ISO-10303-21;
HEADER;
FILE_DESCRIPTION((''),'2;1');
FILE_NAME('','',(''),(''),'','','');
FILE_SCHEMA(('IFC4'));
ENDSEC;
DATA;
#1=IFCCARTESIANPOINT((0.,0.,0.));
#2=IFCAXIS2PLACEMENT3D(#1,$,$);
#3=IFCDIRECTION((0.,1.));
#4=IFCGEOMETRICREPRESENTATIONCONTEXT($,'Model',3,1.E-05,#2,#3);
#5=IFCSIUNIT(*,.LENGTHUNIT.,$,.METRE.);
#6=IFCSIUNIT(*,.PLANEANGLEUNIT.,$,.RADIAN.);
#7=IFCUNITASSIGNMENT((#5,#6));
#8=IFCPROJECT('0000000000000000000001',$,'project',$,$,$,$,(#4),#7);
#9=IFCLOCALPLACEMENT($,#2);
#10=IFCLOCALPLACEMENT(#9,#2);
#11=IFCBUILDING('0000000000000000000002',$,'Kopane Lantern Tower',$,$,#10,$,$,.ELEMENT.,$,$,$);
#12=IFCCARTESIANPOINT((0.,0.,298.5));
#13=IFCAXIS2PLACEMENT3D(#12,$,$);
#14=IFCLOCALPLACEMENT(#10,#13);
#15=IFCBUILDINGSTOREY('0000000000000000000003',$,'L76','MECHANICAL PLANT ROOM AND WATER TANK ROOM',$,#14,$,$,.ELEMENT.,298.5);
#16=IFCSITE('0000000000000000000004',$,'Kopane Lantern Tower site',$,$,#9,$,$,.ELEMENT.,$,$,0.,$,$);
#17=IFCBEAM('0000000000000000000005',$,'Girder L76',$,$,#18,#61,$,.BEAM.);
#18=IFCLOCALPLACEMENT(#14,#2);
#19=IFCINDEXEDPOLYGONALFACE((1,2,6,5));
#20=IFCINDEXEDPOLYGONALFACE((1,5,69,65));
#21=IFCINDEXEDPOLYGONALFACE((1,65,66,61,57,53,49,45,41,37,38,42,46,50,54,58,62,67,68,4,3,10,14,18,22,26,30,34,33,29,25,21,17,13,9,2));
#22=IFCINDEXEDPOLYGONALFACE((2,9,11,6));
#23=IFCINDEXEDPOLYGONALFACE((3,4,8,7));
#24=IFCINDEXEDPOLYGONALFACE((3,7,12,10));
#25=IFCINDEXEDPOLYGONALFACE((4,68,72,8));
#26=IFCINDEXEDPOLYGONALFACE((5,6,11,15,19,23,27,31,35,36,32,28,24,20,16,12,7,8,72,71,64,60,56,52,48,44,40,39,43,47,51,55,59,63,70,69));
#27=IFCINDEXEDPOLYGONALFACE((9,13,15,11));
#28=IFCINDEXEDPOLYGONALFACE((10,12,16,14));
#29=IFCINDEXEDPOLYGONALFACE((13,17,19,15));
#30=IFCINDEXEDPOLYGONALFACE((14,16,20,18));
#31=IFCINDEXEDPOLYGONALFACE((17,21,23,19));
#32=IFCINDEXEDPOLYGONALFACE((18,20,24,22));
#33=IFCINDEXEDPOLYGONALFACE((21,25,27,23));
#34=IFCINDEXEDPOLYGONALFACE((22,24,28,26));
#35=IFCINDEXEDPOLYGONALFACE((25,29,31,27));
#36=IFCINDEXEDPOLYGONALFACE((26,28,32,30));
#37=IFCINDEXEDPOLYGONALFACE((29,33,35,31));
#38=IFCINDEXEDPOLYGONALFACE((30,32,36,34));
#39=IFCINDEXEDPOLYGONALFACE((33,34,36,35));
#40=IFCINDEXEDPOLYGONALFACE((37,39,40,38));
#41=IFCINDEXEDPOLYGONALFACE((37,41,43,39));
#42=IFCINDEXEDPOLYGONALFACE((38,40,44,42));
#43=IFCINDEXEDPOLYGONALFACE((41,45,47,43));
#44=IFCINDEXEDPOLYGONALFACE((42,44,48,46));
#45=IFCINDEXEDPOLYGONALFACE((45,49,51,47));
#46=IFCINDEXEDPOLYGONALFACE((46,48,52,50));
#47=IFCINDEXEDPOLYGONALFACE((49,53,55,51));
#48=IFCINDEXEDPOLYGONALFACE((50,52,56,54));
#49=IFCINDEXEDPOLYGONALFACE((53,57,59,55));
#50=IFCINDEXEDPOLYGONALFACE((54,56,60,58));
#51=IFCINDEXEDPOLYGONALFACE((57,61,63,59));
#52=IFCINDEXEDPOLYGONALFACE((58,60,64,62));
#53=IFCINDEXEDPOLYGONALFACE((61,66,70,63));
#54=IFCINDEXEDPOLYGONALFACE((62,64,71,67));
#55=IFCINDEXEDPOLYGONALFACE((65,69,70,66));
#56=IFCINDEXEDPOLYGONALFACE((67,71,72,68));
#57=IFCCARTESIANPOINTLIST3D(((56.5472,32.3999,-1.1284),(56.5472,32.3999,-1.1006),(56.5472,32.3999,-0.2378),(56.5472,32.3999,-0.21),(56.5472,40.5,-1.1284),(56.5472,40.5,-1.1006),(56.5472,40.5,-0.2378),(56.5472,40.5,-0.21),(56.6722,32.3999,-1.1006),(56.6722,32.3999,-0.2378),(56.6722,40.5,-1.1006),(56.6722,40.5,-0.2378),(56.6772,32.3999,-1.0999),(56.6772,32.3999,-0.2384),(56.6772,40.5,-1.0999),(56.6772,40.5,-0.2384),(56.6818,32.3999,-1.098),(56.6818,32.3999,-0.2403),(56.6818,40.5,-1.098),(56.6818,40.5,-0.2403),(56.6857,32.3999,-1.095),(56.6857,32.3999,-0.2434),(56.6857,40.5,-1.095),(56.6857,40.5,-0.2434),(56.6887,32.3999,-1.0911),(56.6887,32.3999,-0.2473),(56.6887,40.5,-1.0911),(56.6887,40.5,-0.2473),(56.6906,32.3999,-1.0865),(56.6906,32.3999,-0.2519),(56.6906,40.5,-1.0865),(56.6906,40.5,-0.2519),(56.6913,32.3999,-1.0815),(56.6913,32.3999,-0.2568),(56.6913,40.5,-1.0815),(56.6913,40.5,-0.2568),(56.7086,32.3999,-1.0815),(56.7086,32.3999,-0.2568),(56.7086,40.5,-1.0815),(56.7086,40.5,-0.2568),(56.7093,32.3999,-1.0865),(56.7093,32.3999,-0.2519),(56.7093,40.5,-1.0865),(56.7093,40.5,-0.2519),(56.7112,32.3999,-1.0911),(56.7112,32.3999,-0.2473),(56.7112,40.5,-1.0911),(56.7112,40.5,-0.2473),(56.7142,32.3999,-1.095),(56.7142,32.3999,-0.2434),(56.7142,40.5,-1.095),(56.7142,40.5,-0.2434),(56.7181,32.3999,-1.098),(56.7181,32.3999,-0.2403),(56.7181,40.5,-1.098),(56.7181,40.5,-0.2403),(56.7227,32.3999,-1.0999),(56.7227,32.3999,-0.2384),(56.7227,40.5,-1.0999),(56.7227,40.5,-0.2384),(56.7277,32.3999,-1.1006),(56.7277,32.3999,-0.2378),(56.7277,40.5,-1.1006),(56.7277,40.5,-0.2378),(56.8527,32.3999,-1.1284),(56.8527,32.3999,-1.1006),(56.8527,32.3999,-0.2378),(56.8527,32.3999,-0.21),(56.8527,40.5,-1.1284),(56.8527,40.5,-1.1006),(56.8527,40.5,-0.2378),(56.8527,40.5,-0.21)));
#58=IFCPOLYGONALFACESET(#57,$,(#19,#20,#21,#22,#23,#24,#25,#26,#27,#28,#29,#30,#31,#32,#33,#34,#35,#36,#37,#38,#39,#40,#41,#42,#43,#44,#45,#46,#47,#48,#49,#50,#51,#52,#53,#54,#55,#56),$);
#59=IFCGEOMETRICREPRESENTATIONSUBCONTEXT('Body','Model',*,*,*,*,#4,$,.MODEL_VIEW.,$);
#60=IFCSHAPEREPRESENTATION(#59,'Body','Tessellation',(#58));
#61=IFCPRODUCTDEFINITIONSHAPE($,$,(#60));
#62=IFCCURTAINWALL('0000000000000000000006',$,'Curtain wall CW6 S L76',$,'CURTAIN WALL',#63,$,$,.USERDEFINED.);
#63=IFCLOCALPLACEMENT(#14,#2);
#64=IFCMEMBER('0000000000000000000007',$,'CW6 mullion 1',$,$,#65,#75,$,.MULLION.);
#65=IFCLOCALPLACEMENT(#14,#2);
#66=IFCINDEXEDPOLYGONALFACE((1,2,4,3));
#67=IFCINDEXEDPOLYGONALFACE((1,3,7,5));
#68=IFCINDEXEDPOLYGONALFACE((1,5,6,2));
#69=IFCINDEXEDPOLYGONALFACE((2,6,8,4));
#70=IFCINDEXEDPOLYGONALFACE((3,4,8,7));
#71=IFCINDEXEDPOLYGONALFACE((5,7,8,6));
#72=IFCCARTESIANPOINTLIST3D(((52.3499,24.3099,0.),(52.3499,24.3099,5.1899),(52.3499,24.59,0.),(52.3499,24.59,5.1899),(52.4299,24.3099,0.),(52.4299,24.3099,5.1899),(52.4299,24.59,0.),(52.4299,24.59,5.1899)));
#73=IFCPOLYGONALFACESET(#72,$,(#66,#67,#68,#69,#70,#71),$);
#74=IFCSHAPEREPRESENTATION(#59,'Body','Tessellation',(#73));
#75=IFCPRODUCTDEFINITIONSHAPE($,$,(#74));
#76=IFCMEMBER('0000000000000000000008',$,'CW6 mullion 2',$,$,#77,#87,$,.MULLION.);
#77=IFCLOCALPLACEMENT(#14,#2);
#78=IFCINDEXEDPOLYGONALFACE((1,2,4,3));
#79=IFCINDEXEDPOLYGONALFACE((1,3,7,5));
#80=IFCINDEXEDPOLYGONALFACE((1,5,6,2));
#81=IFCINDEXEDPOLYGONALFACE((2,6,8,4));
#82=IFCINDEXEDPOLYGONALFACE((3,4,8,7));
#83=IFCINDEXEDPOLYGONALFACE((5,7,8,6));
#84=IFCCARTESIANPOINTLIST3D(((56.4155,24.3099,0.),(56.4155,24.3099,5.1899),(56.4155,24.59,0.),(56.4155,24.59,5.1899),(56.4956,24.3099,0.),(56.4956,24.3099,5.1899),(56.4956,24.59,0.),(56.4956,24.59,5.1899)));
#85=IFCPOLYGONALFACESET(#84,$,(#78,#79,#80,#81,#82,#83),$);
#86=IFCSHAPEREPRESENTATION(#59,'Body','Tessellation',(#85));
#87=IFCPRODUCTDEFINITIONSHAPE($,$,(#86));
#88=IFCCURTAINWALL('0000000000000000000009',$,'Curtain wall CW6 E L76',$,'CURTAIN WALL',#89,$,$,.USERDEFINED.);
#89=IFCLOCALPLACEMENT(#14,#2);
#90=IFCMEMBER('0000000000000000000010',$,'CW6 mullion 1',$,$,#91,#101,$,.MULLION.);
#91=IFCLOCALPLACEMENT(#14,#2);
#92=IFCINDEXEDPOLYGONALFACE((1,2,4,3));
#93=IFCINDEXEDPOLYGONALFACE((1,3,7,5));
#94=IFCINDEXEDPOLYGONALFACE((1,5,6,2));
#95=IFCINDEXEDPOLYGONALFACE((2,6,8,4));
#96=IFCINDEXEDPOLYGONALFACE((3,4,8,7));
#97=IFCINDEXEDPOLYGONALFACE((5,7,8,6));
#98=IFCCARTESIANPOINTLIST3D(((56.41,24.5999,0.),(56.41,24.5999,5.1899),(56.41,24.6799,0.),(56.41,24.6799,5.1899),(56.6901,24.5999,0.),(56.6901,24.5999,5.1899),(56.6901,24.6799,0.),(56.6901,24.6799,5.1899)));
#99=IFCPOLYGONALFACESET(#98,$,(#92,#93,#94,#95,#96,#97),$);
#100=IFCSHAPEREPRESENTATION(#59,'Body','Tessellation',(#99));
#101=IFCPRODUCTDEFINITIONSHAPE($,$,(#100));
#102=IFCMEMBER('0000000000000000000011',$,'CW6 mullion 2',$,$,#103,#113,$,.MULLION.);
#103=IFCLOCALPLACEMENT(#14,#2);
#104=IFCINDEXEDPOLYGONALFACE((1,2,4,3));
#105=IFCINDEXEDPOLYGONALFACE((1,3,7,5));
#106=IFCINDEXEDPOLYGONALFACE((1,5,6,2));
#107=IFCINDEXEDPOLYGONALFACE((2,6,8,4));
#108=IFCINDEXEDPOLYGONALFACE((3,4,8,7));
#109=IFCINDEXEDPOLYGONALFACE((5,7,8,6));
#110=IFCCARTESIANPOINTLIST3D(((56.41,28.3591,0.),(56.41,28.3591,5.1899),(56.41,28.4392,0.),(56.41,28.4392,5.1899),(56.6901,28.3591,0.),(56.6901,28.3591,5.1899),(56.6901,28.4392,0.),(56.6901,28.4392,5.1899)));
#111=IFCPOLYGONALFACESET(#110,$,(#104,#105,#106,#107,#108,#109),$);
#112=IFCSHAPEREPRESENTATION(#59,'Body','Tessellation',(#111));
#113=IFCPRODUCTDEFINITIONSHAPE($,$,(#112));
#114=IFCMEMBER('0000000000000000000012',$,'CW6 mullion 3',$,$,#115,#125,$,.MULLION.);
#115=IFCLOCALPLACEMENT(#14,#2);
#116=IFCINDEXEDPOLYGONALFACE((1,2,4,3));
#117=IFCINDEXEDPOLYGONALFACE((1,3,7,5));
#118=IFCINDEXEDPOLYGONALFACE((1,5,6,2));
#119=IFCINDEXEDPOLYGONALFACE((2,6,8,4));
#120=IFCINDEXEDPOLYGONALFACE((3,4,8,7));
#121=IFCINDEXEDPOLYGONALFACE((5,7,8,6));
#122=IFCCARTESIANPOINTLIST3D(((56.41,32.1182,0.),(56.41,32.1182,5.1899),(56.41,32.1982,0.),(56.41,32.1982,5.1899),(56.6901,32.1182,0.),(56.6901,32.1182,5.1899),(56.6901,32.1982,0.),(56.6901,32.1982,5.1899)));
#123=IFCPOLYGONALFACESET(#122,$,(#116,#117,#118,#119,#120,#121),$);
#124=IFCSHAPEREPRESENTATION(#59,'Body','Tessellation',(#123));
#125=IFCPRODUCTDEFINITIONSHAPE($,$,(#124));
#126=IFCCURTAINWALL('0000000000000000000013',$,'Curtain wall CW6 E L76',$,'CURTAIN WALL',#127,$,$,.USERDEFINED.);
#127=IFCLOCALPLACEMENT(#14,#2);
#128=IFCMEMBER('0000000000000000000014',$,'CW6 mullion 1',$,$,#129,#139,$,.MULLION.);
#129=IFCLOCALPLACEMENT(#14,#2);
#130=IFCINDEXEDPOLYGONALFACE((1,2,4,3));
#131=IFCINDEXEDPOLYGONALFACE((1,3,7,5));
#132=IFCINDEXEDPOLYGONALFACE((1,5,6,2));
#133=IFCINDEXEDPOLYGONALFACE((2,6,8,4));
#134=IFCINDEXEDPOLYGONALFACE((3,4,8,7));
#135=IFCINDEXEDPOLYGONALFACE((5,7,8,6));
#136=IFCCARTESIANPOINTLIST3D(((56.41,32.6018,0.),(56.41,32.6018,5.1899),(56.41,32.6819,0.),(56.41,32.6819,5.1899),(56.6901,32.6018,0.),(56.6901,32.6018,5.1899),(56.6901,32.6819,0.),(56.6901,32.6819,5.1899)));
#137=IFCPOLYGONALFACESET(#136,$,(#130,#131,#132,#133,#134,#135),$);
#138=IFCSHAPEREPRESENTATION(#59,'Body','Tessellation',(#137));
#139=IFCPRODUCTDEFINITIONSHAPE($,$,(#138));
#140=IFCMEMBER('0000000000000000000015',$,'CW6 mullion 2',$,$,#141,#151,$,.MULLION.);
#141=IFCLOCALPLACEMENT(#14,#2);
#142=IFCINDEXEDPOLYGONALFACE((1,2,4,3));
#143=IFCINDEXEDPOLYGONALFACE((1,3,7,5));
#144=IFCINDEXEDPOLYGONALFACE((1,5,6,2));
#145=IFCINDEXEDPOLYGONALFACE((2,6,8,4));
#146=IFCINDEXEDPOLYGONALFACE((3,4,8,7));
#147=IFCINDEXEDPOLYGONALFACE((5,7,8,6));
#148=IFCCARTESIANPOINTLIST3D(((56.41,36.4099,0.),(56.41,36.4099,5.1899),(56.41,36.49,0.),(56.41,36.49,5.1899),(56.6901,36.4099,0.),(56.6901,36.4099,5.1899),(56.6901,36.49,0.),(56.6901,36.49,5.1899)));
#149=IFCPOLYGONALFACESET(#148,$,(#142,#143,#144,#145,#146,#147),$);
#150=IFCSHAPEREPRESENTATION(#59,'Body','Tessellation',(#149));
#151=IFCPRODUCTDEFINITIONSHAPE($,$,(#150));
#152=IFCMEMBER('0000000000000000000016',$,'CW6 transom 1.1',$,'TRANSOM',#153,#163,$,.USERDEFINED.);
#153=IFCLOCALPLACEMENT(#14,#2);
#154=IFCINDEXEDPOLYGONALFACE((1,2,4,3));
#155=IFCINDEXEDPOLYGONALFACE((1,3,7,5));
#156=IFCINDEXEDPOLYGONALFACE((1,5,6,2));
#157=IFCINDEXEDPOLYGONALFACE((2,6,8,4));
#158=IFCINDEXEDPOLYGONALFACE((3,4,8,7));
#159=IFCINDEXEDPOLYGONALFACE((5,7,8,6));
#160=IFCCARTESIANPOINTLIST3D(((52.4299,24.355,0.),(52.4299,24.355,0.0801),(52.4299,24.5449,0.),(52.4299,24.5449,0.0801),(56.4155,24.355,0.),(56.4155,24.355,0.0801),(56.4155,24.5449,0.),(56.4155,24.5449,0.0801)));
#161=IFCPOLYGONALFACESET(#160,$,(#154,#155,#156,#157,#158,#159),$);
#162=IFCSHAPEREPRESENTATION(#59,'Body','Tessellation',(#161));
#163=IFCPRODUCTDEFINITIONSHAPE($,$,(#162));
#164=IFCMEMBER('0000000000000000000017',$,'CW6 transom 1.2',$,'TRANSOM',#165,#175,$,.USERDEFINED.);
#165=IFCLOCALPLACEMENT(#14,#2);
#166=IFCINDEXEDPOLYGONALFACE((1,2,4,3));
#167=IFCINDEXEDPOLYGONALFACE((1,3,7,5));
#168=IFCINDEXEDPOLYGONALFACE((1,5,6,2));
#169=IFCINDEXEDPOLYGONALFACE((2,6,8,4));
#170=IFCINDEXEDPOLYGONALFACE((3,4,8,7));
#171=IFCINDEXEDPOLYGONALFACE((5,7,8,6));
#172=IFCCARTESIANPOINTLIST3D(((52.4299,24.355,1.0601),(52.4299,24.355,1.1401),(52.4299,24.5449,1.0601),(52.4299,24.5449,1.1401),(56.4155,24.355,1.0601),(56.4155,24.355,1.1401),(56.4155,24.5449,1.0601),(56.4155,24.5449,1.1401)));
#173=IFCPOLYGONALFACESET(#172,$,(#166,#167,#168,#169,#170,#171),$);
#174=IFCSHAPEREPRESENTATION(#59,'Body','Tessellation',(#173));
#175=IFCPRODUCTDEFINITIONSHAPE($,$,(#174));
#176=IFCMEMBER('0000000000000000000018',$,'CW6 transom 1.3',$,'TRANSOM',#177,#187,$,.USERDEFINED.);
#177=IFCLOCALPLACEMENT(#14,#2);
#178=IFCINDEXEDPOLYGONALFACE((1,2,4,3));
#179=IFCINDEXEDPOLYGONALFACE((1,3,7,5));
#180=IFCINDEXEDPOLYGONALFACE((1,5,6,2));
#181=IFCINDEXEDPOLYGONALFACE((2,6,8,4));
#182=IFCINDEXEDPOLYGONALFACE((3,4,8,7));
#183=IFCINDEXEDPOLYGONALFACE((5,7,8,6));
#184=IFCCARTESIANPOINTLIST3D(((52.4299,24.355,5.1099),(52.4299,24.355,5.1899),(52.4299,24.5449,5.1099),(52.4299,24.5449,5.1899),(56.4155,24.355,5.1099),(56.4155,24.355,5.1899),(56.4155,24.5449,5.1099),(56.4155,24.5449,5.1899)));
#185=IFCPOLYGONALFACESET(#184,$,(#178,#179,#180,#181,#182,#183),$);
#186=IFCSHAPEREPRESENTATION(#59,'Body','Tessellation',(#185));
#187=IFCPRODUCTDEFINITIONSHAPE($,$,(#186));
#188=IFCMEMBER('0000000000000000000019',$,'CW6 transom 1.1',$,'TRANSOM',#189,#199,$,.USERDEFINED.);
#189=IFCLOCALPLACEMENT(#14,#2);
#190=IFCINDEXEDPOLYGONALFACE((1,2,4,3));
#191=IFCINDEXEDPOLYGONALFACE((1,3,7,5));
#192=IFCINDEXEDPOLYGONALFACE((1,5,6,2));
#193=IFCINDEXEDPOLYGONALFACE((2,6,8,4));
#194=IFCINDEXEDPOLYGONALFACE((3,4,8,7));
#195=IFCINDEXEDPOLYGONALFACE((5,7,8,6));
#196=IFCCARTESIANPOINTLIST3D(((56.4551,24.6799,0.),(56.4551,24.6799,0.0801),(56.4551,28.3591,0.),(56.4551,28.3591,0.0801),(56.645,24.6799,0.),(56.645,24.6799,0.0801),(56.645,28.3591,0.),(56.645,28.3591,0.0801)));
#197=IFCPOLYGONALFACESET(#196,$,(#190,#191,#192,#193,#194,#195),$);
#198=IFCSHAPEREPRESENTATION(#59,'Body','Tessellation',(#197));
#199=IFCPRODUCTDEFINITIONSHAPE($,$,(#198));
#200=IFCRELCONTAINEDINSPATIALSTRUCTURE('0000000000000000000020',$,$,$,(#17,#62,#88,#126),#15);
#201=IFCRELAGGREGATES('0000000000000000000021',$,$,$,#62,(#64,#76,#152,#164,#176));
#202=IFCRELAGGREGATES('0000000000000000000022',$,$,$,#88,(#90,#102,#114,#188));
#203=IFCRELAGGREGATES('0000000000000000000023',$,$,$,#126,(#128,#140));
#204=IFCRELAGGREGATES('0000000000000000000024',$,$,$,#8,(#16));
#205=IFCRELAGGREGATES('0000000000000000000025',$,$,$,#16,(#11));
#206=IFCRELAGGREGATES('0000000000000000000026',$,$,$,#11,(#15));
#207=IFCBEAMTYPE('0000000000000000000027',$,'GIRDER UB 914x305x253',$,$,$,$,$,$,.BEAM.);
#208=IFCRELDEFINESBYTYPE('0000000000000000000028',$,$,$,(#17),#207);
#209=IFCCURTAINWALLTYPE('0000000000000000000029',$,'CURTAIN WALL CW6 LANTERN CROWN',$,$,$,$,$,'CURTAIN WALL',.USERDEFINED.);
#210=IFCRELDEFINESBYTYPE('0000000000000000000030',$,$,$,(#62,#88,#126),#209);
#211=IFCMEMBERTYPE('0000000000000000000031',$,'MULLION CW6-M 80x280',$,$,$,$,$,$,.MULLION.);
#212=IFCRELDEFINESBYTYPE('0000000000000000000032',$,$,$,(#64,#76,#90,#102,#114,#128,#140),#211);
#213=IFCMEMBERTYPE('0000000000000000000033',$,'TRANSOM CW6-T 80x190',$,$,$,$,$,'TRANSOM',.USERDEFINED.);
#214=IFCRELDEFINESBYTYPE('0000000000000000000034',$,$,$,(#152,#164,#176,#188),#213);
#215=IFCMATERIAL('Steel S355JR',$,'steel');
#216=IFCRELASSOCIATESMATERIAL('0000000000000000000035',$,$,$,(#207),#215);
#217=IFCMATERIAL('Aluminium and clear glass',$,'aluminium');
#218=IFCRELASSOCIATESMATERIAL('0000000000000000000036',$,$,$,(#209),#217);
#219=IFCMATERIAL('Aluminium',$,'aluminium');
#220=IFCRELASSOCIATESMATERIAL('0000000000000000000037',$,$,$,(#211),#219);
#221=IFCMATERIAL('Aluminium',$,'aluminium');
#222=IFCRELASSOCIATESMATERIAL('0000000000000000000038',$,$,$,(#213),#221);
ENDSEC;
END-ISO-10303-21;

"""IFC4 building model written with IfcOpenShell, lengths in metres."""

from ifc_helpers import new_model, si_unit, direction, frame, origin, origin_2d, place, context, subcontext, project, spatial, rectangle, i_section, extrude, material, material_profile, profile_set, type_object, element, aggregate, save


model = new_model("IFC4")

# Units and contexts
model_context = context("Model", 3, precision=1e-05, world=origin(), true_north=direction((0.0, 1.0)))
body_context = subcontext(model_context, "Body", "Model", "MODEL_VIEW")
ifc_project = project(units=[si_unit("LENGTHUNIT", "METRE"), si_unit("PLANEANGLEUNIT", "RADIAN")], contexts=[model_context])

# Site, building, storey
site_placement = place(None, origin())
site = spatial("IfcSite", under=ifc_project, at=site_placement, Name="Kopane Lantern Tower site", CompositionType="ELEMENT", RefElevation=0.0)
building_placement = place(site_placement, origin())
building = spatial("IfcBuilding", under=site, at=building_placement, Name="Kopane Lantern Tower", CompositionType="ELEMENT")
storey_placement = place(building_placement, frame((0.0, 0.0, 298.5)))
storey = spatial("IfcBuildingStorey", under=building, at=storey_placement, Name="L76", Description="MECHANICAL PLANT ROOM AND WATER TANK ROOM", CompositionType="ELEMENT", Elevation=298.5)

# Beam
ifc_material_1 = material(Name="Steel S355JR", Category="steel")
ifc_material_profile_1 = material_profile(ifc_material_1, i_section(OverallWidth=0.3054, OverallDepth=0.9185, WebThickness=0.0173, FlangeThickness=0.0278, FilletRadius=0.019, at=origin_2d()), Name="UB 914x305x253")
ifc_profile_set_1 = profile_set([ifc_material_profile_1], Name="Steel S355JR")
beam_type = type_object("IfcBeamType", Name="GIRDER UB 914x305x253", PredefinedType="BEAM", material=ifc_profile_set_1)
beam_1_placement = place(storey_placement, frame((56.7, 32.3999, -0.6692), z_axis=(0.0, 1.0, 0.0), x_axis=(-1.0, 0.0, 0.0)))
element("IfcBeam", 1, at=beam_1_placement, inside=storey, type_object=beam_type, Name="Girder L76", PredefinedType="BEAM", context=body_context, shape_type="SweptSolid", body=[
    extrude(i_section(OverallWidth=0.3054, OverallDepth=0.9185, WebThickness=0.0173, FlangeThickness=0.0278, FilletRadius=0.019, at=origin_2d()), origin(), (0.0, 0.0, 1.0), 8.1001),
])

# Curtain walls, members
ifc_material_2 = material(Name="Aluminium and clear glass", Category="aluminium")
curtain_wall_type = type_object("IfcCurtainWallType", Name="CURTAIN WALL CW6 LANTERN CROWN", ElementType="CURTAIN WALL", PredefinedType="USERDEFINED", material=ifc_material_2)
curtain_wall_1_placement = place(storey_placement, origin())
curtain_wall_1 = element("IfcCurtainWall", 2, at=curtain_wall_1_placement, inside=storey, type_object=curtain_wall_type, Name="Curtain wall CW6 S L76", ObjectType="CURTAIN WALL", PredefinedType="USERDEFINED")
ifc_material_3 = material(Name="Aluminium", Category="aluminium")
ifc_material_profile_2 = material_profile(ifc_material_3, rectangle(XDim=0.0801, YDim=0.28, at=origin_2d()), Name="AL 80x280")
ifc_profile_set_2 = profile_set([ifc_material_profile_2], Name="Aluminium")
member_type_1 = type_object("IfcMemberType", Name="MULLION CW6-M 80x280", PredefinedType="MULLION", material=ifc_profile_set_2)
member_1_placement = place(storey_placement, frame((52.3899, 24.45, 0.0), z_axis=(0.0, 0.0, 1.0), x_axis=(1.0, 0.0, 0.0)))
member_1 = element("IfcMember", 3, at=member_1_placement, type_object=member_type_1, Name="CW6 mullion 1", PredefinedType="MULLION", context=body_context, shape_type="SweptSolid", body=[
    extrude(rectangle(XDim=0.0801, YDim=0.28, at=origin_2d()), origin(), (0.0, 0.0, 1.0), 5.1899),
])
member_2_placement = place(storey_placement, frame((56.4556, 24.45, 0.0), z_axis=(0.0, 0.0, 1.0), x_axis=(1.0, 0.0, 0.0)))
member_2 = element("IfcMember", 4, at=member_2_placement, type_object=member_type_1, Name="CW6 mullion 2", PredefinedType="MULLION", context=body_context, shape_type="SweptSolid", body=[
    extrude(rectangle(XDim=0.0801, YDim=0.28, at=origin_2d()), origin(), (0.0, 0.0, 1.0), 5.1899),
])
curtain_wall_2_placement = place(storey_placement, origin())
curtain_wall_2 = element("IfcCurtainWall", 5, at=curtain_wall_2_placement, inside=storey, type_object=curtain_wall_type, Name="Curtain wall CW6 E L76", ObjectType="CURTAIN WALL", PredefinedType="USERDEFINED")
member_3_placement = place(storey_placement, frame((56.55, 24.6399, 0.0), z_axis=(0.0, 0.0, 1.0), x_axis=(0.0, 1.0, 0.0)))
member_3 = element("IfcMember", 6, at=member_3_placement, type_object=member_type_1, Name="CW6 mullion 1", PredefinedType="MULLION", context=body_context, shape_type="SweptSolid", body=[
    extrude(rectangle(XDim=0.0801, YDim=0.28, at=origin_2d()), origin(), (0.0, 0.0, 1.0), 5.1899),
])
member_4_placement = place(storey_placement, frame((56.55, 28.3992, 0.0), z_axis=(0.0, 0.0, 1.0), x_axis=(0.0, 1.0, 0.0)))
member_4 = element("IfcMember", 7, at=member_4_placement, type_object=member_type_1, Name="CW6 mullion 2", PredefinedType="MULLION", context=body_context, shape_type="SweptSolid", body=[
    extrude(rectangle(XDim=0.0801, YDim=0.28, at=origin_2d()), origin(), (0.0, 0.0, 1.0), 5.1899),
])
member_5_placement = place(storey_placement, frame((56.55, 32.1582, 0.0), z_axis=(0.0, 0.0, 1.0), x_axis=(0.0, 1.0, 0.0)))
member_5 = element("IfcMember", 8, at=member_5_placement, type_object=member_type_1, Name="CW6 mullion 3", PredefinedType="MULLION", context=body_context, shape_type="SweptSolid", body=[
    extrude(rectangle(XDim=0.0801, YDim=0.28, at=origin_2d()), origin(), (0.0, 0.0, 1.0), 5.1899),
])
curtain_wall_3_placement = place(storey_placement, origin())
curtain_wall_3 = element("IfcCurtainWall", 9, at=curtain_wall_3_placement, inside=storey, type_object=curtain_wall_type, Name="Curtain wall CW6 E L76", ObjectType="CURTAIN WALL", PredefinedType="USERDEFINED")
member_6_placement = place(storey_placement, frame((56.55, 32.6418, 0.0), z_axis=(0.0, 0.0, 1.0), x_axis=(0.0, 1.0, 0.0)))
member_6 = element("IfcMember", 10, at=member_6_placement, type_object=member_type_1, Name="CW6 mullion 1", PredefinedType="MULLION", context=body_context, shape_type="SweptSolid", body=[
    extrude(rectangle(XDim=0.0801, YDim=0.28, at=origin_2d()), origin(), (0.0, 0.0, 1.0), 5.1899),
])
member_7_placement = place(storey_placement, frame((56.55, 36.45, 0.0), z_axis=(0.0, 0.0, 1.0), x_axis=(0.0, 1.0, 0.0)))
member_7 = element("IfcMember", 11, at=member_7_placement, type_object=member_type_1, Name="CW6 mullion 2", PredefinedType="MULLION", context=body_context, shape_type="SweptSolid", body=[
    extrude(rectangle(XDim=0.0801, YDim=0.28, at=origin_2d()), origin(), (0.0, 0.0, 1.0), 5.1899),
])

# Members
ifc_material_4 = material(Name="Aluminium", Category="aluminium")
ifc_material_profile_3 = material_profile(ifc_material_4, rectangle(XDim=0.1899, YDim=0.0801, at=origin_2d()), Name="AL 190x80")
ifc_profile_set_3 = profile_set([ifc_material_profile_3], Name="Aluminium")
member_type_2 = type_object("IfcMemberType", Name="TRANSOM CW6-T 80x190", ElementType="TRANSOM", PredefinedType="USERDEFINED", material=ifc_profile_set_3)
member_8_placement = place(storey_placement, frame((52.4299, 24.45, 0.04), z_axis=(1.0, 0.0, 0.0), x_axis=(0.0, 1.0, 0.0)))
member_8 = element("IfcMember", 12, at=member_8_placement, type_object=member_type_2, Name="CW6 transom 1.1", ObjectType="TRANSOM", PredefinedType="USERDEFINED", context=body_context, shape_type="SweptSolid", body=[
    extrude(rectangle(XDim=0.1899, YDim=0.0801, at=origin_2d()), origin(), (0.0, 0.0, 1.0), 3.9856),
])
member_9_placement = place(storey_placement, frame((52.4299, 24.45, 1.1001), z_axis=(1.0, 0.0, 0.0), x_axis=(0.0, 1.0, 0.0)))
member_9 = element("IfcMember", 13, at=member_9_placement, type_object=member_type_2, Name="CW6 transom 1.2", ObjectType="TRANSOM", PredefinedType="USERDEFINED", context=body_context, shape_type="SweptSolid", body=[
    extrude(rectangle(XDim=0.1899, YDim=0.0801, at=origin_2d()), origin(), (0.0, 0.0, 1.0), 3.9856),
])
member_10_placement = place(storey_placement, frame((52.4299, 24.45, 5.1499), z_axis=(1.0, 0.0, 0.0), x_axis=(0.0, 1.0, 0.0)))
member_10 = element("IfcMember", 14, at=member_10_placement, type_object=member_type_2, Name="CW6 transom 1.3", ObjectType="TRANSOM", PredefinedType="USERDEFINED", context=body_context, shape_type="SweptSolid", body=[
    extrude(rectangle(XDim=0.1899, YDim=0.0801, at=origin_2d()), origin(), (0.0, 0.0, 1.0), 3.9856),
])
member_11_placement = place(storey_placement, frame((56.55, 24.6799, 0.04), z_axis=(0.0, 1.0, 0.0), x_axis=(-1.0, 0.0, 0.0)))
member_11 = element("IfcMember", 15, at=member_11_placement, type_object=member_type_2, Name="CW6 transom 1.1", ObjectType="TRANSOM", PredefinedType="USERDEFINED", context=body_context, shape_type="SweptSolid", body=[
    extrude(rectangle(XDim=0.1899, YDim=0.0801, at=origin_2d()), origin(), (0.0, 0.0, 1.0), 3.6792),
])

aggregate(curtain_wall_1, [member_1, member_2, member_8, member_9, member_10])
aggregate(curtain_wall_2, [member_3, member_4, member_5, member_11])
aggregate(curtain_wall_3, [member_6, member_7])

save(model, "model.ifc")
